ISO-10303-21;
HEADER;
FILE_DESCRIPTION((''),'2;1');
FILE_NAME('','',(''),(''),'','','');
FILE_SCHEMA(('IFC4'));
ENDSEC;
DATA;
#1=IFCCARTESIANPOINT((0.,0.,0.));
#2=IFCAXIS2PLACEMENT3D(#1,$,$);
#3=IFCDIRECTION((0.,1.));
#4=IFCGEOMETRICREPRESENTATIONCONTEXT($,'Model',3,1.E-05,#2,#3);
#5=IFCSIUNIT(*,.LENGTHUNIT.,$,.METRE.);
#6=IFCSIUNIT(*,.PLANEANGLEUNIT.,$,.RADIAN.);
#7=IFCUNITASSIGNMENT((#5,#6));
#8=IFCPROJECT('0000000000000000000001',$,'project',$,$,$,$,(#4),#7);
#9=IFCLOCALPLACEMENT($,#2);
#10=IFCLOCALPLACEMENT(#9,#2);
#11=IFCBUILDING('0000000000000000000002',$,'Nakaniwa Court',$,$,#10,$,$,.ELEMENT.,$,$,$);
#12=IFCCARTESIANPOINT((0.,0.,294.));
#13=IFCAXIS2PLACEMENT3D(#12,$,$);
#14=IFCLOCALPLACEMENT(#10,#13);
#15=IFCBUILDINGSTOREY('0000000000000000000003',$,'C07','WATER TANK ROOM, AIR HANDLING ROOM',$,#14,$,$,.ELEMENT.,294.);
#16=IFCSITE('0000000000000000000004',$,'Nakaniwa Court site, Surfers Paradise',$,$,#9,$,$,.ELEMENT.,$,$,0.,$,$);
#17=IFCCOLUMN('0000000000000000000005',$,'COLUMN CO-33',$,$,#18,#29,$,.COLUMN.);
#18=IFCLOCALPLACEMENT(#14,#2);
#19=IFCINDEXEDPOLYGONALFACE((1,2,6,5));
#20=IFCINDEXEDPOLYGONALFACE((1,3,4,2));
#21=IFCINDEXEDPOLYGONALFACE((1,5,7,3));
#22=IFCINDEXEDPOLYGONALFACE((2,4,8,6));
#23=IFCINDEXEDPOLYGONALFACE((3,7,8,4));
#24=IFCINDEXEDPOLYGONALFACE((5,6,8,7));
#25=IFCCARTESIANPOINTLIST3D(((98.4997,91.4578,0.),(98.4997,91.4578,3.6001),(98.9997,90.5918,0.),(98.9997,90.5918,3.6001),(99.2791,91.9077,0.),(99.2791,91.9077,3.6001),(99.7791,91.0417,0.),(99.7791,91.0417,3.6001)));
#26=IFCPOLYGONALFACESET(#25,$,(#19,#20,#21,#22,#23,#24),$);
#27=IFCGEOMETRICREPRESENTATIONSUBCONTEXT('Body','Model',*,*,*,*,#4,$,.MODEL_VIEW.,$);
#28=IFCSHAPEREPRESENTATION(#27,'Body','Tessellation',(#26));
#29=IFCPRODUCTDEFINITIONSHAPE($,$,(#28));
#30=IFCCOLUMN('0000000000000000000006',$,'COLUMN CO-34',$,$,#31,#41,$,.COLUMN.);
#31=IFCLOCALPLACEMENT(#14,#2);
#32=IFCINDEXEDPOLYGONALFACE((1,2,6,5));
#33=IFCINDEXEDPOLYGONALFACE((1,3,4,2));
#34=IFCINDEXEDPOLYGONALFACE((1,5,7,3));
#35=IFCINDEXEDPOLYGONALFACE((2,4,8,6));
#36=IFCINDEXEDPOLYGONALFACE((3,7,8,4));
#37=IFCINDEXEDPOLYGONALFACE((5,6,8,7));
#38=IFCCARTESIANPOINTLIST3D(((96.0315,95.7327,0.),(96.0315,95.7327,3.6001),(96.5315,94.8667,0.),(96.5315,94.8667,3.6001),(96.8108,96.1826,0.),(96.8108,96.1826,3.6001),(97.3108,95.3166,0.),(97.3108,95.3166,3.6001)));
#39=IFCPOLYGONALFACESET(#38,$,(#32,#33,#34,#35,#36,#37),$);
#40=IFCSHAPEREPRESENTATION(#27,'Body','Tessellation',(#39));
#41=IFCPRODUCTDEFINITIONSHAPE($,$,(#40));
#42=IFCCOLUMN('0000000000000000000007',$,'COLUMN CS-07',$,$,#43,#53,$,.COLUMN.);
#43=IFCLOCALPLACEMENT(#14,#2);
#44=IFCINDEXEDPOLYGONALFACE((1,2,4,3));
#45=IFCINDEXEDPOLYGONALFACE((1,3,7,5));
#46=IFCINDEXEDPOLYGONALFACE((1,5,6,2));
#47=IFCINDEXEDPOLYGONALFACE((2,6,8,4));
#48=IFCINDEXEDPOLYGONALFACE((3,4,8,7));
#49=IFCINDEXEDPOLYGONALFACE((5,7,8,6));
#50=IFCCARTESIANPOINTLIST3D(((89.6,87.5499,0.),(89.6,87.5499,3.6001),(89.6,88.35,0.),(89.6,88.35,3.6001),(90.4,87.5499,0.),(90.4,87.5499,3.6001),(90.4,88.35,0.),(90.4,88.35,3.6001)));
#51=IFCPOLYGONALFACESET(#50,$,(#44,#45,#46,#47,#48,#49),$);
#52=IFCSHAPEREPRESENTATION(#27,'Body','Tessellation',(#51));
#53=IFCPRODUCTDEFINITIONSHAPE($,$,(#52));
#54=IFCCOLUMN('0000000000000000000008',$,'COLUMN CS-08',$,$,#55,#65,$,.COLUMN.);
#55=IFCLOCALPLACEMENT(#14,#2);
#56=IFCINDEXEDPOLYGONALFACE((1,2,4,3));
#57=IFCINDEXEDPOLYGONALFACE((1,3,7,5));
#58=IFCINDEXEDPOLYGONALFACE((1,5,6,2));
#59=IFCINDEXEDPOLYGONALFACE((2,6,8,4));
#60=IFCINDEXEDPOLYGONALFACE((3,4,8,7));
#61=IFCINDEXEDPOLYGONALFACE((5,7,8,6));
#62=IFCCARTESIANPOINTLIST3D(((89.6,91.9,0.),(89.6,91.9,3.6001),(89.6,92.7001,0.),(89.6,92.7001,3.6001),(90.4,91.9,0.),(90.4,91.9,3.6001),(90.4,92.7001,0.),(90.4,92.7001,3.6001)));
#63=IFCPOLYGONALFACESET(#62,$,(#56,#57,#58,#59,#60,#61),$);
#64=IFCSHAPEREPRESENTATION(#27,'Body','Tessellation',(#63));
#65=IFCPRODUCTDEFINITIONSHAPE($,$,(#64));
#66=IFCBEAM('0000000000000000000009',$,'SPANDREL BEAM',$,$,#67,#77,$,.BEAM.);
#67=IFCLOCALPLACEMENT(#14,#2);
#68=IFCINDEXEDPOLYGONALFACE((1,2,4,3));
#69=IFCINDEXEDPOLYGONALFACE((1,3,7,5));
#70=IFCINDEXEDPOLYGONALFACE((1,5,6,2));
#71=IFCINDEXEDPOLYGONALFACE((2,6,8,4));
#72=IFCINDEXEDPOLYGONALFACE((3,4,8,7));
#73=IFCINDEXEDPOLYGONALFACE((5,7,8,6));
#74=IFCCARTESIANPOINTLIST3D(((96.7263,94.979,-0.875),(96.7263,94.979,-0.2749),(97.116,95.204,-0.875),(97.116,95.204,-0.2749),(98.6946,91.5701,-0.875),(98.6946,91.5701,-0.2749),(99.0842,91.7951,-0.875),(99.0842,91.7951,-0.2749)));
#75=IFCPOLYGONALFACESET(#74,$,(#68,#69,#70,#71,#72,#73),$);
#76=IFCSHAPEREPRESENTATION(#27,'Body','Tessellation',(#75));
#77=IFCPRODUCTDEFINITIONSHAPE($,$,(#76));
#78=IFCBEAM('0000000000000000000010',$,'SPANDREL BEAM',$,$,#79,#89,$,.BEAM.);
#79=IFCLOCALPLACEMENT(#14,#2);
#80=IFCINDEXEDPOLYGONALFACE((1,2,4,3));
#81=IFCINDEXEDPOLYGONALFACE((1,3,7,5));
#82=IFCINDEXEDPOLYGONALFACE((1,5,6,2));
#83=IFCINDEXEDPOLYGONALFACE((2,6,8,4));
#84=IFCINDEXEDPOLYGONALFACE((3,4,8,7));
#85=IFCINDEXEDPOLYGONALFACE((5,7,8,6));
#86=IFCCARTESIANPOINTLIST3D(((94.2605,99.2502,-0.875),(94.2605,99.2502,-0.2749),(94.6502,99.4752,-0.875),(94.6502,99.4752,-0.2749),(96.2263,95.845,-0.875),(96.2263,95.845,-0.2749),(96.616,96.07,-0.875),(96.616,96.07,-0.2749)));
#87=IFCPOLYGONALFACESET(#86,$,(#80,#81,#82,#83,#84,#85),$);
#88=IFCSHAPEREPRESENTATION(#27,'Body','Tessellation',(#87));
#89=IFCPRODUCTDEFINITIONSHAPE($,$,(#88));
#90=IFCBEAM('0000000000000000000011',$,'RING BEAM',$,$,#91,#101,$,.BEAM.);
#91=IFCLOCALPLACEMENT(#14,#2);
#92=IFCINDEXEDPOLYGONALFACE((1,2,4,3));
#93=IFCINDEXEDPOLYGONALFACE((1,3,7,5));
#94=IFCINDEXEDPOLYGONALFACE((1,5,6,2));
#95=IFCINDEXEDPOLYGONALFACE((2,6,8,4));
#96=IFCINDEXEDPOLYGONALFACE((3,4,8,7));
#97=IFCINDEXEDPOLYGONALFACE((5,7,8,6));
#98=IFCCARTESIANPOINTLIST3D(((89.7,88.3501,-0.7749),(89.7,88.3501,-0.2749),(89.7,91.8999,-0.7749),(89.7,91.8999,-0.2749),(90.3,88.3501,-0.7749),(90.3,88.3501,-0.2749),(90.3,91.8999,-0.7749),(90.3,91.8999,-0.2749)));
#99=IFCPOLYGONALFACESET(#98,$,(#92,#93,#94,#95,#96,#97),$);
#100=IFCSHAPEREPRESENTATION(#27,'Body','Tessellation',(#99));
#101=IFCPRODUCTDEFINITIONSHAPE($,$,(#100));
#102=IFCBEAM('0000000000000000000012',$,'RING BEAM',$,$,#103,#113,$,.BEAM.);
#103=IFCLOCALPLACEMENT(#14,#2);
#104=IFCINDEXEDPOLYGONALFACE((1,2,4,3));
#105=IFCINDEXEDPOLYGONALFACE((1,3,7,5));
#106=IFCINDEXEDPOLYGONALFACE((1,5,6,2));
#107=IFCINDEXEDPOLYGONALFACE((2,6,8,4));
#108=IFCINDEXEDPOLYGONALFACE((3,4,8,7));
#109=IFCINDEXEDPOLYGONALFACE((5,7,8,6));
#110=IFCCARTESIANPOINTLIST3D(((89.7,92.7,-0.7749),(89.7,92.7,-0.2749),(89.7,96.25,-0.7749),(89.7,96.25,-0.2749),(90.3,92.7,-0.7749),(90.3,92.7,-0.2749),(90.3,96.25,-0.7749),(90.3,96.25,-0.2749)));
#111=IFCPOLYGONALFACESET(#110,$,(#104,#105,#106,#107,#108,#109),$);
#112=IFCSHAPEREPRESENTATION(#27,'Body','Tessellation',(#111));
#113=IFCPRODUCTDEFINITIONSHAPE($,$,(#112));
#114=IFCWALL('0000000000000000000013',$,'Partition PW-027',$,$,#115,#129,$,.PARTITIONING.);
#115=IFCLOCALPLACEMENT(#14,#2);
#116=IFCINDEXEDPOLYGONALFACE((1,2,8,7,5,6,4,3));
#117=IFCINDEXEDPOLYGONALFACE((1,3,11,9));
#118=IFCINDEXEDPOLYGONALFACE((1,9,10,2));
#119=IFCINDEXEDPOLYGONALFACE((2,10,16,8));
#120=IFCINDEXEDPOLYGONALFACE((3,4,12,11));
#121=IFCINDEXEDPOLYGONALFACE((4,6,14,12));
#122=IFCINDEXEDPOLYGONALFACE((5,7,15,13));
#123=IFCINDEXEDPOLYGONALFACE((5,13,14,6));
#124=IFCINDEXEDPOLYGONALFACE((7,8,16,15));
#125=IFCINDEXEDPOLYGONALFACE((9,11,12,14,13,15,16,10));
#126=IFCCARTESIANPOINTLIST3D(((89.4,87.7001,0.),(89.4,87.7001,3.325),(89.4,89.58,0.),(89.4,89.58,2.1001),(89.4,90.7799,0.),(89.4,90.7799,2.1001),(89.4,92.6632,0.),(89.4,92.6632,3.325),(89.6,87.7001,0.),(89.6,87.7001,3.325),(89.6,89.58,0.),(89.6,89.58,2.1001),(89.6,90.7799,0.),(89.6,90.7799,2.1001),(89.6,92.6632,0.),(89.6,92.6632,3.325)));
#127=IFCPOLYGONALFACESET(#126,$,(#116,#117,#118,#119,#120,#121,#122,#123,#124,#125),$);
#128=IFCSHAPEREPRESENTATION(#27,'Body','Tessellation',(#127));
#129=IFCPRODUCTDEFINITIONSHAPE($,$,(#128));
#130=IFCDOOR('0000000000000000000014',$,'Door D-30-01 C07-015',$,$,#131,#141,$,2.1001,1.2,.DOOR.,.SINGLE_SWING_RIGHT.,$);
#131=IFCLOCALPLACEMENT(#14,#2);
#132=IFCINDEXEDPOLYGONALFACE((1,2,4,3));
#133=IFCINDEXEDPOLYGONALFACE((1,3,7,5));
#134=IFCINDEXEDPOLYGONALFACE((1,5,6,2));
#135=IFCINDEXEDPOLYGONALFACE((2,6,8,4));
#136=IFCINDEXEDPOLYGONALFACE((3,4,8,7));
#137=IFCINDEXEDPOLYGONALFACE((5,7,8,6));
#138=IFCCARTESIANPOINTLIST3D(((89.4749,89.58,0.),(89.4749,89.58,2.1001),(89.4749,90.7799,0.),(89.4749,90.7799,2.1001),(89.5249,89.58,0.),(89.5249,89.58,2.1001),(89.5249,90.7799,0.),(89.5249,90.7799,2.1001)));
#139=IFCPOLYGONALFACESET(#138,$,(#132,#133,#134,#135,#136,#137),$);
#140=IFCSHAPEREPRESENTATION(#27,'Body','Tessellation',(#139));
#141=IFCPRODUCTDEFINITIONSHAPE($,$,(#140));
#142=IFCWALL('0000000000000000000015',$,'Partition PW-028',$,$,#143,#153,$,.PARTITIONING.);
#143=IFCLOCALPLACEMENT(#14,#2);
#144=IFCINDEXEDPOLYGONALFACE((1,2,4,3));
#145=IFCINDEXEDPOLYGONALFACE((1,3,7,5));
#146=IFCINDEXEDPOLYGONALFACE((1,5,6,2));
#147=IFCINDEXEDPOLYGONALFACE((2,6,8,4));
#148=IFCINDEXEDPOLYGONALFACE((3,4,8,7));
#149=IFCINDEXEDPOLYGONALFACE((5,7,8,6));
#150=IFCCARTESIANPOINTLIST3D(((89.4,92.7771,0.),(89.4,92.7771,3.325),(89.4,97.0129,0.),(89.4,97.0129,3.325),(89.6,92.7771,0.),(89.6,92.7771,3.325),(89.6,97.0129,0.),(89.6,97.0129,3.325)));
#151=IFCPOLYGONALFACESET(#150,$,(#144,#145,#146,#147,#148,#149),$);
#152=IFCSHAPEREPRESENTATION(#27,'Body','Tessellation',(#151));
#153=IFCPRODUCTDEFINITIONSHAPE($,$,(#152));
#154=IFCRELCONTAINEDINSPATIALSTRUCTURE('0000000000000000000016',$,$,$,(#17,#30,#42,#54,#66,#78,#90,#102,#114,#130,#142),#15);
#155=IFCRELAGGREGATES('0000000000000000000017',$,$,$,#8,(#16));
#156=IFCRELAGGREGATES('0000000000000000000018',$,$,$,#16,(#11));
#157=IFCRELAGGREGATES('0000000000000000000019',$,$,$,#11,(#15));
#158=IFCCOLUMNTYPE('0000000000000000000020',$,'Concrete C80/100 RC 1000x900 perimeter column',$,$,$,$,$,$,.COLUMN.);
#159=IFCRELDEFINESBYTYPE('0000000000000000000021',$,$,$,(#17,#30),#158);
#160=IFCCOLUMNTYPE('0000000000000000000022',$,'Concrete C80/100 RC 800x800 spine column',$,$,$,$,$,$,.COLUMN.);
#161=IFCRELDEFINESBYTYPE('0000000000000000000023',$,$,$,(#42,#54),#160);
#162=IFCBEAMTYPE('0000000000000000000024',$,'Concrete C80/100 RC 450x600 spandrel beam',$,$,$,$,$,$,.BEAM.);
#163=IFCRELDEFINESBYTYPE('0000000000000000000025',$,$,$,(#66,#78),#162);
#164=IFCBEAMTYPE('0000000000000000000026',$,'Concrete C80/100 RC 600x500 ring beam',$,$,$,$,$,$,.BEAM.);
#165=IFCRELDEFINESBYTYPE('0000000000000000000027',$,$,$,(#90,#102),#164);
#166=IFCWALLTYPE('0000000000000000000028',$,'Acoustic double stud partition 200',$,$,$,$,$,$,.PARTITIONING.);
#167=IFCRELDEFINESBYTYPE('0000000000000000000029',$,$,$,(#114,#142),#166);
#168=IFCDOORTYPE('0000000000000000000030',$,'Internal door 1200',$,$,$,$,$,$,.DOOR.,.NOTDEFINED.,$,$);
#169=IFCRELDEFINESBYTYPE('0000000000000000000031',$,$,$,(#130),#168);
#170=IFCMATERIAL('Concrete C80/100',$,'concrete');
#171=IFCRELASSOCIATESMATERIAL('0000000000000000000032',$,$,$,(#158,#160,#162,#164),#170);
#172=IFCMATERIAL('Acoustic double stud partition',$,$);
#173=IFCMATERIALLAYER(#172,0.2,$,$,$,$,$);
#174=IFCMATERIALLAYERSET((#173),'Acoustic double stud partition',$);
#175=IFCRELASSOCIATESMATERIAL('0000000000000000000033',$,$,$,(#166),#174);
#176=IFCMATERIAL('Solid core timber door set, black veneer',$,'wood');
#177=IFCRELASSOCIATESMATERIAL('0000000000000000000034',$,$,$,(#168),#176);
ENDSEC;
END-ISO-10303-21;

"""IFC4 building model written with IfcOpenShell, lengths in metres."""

from ifc_helpers import new_model, si_unit, direction, frame, frame_2d, origin, origin_2d, place, context, subcontext, project, spatial, rectangle, extrude, material, layer, layer_set, material_profile, profile_set, type_object, element, fill, save


model = new_model("IFC4")

# Units and contexts
model_context = context("Model", 3, precision=1e-05, world=origin(), true_north=direction((0.0, 1.0)))
body_context = subcontext(model_context, "Body", "Model", "MODEL_VIEW")
ifc_project = project(units=[si_unit("LENGTHUNIT", "METRE"), si_unit("PLANEANGLEUNIT", "RADIAN")], contexts=[model_context])

# Site, building, storey
site_placement = place(None, origin())
site = spatial("IfcSite", under=ifc_project, at=site_placement, Name="Nakaniwa Court site, Surfers Paradise", CompositionType="ELEMENT", RefElevation=0.0)
building_placement = place(site_placement, origin())
building = spatial("IfcBuilding", under=site, at=building_placement, Name="Nakaniwa Court", CompositionType="ELEMENT")
storey_placement = place(building_placement, frame((0.0, 0.0, 294.0)))
storey = spatial("IfcBuildingStorey", under=building, at=storey_placement, Name="C07", Description="WATER TANK ROOM, AIR HANDLING ROOM", CompositionType="ELEMENT", Elevation=294.0)

# Columns
ifc_material_1 = material(Name="Concrete C80/100", Category="concrete")
ifc_material_profile_1 = material_profile(ifc_material_1, rectangle(XDim=1.0, YDim=0.8999, at=origin_2d()), Name="Concrete C80/100 RC 1000x900 perimeter column")
ifc_profile_set_1 = profile_set([ifc_material_profile_1], Name="Concrete C80/100")
column_type_1 = type_object("IfcColumnType", Name="Concrete C80/100 RC 1000x900 perimeter column", PredefinedType="COLUMN", material=ifc_profile_set_1)
for number, where, z_axis, x_axis, name in (
    (1, (99.1394, 91.2498, 0.0), (0.0, 0.0, 1.0), (-0.5, 0.866025, 0.0), "COLUMN CO-33"),
    (2, (96.6711, 95.5247, 0.0), (0.0, 0.0, 1.0), (-0.5, 0.866025, 0.0), "COLUMN CO-34"),
):
    element("IfcColumn", number, at=place(storey_placement, frame(where, z_axis=z_axis, x_axis=x_axis)), inside=storey, type_object=column_type_1, Name=name, PredefinedType="COLUMN", context=body_context, shape_type="SweptSolid", body=[
        extrude(rectangle(XDim=1.0, YDim=0.8999, at=origin_2d()), origin(), (0.0, 0.0, 1.0), 3.6001),
    ])
ifc_material_profile_2 = material_profile(ifc_material_1, rectangle(XDim=0.8, YDim=0.8, at=origin_2d()), Name="Concrete C80/100 RC 800x800 spine column")
ifc_profile_set_2 = profile_set([ifc_material_profile_2], Name="Concrete C80/100")
column_type_2 = type_object("IfcColumnType", Name="Concrete C80/100 RC 800x800 spine column", PredefinedType="COLUMN", material=ifc_profile_set_2)
for number, where, z_axis, x_axis, name in (
    (3, (90.0, 87.95, 0.0), (0.0, 0.0, 1.0), (0.0, 1.0, 0.0), "COLUMN CS-07"),
    (4, (90.0, 92.3, 0.0), (0.0, 0.0, 1.0), (0.0, 1.0, 0.0), "COLUMN CS-08"),
):
    element("IfcColumn", number, at=place(storey_placement, frame(where, z_axis=z_axis, x_axis=x_axis)), inside=storey, type_object=column_type_2, Name=name, PredefinedType="COLUMN", context=body_context, shape_type="SweptSolid", body=[
        extrude(rectangle(XDim=0.8, YDim=0.8, at=origin_2d()), origin(), (0.0, 0.0, 1.0), 3.6001),
    ])

# Beams
ifc_material_profile_3 = material_profile(ifc_material_1, rectangle(XDim=0.45, YDim=0.6001, at=origin_2d()), Name="Concrete C80/100 RC 450x600 spandrel beam")
ifc_profile_set_3 = profile_set([ifc_material_profile_3], Name="Concrete C80/100")
beam_type_1 = type_object("IfcBeamType", Name="Concrete C80/100 RC 450x600 spandrel beam", PredefinedType="BEAM", material=ifc_profile_set_3)
beam_1_placement = place(storey_placement, frame((98.8894, 91.6826, -0.575), z_axis=(-0.500021, 0.866013, 0.0), x_axis=(-0.866013, -0.500021, 0.0)))
element("IfcBeam", 5, at=beam_1_placement, inside=storey, type_object=beam_type_1, Name="SPANDREL BEAM", PredefinedType="BEAM", context=body_context, shape_type="SweptSolid", body=[
    extrude(rectangle(XDim=0.45, YDim=0.6001, at=origin_2d()), origin(), (0.0, 0.0, 1.0), 3.9363),
])
beam_2_placement = place(storey_placement, frame((96.4211, 95.9575, -0.575), z_axis=(-0.499959, 0.866049, 0.0), x_axis=(-0.866049, -0.499959, 0.0)))
element("IfcBeam", 6, at=beam_2_placement, inside=storey, type_object=beam_type_1, Name="SPANDREL BEAM", PredefinedType="BEAM", context=body_context, shape_type="SweptSolid", body=[
    extrude(rectangle(XDim=0.45, YDim=0.6001, at=origin_2d()), origin(), (0.0, 0.0, 1.0), 3.9319),
])
ifc_material_profile_4 = material_profile(ifc_material_1, rectangle(XDim=0.6001, YDim=0.5, at=origin_2d()), Name="Concrete C80/100 RC 600x500 ring beam")
ifc_profile_set_4 = profile_set([ifc_material_profile_4], Name="Concrete C80/100")
beam_type_2 = type_object("IfcBeamType", Name="Concrete C80/100 RC 600x500 ring beam", PredefinedType="BEAM", material=ifc_profile_set_4)
beam_3_placement = place(storey_placement, frame((90.0, 88.3501, -0.5249), z_axis=(0.0, 1.0, 0.0), x_axis=(-1.0, 0.0, 0.0)))
element("IfcBeam", 7, at=beam_3_placement, inside=storey, type_object=beam_type_2, Name="RING BEAM", PredefinedType="BEAM", context=body_context, shape_type="SweptSolid", body=[
    extrude(rectangle(XDim=0.6001, YDim=0.5, at=origin_2d()), origin(), (0.0, 0.0, 1.0), 3.5498),
])
beam_4_placement = place(storey_placement, frame((90.0, 92.7, -0.5249), z_axis=(0.0, 1.0, 0.0), x_axis=(-1.0, 0.0, 0.0)))
element("IfcBeam", 8, at=beam_4_placement, inside=storey, type_object=beam_type_2, Name="RING BEAM", PredefinedType="BEAM", context=body_context, shape_type="SweptSolid", body=[
    extrude(rectangle(XDim=0.6001, YDim=0.5, at=origin_2d()), origin(), (0.0, 0.0, 1.0), 3.55),
])

# Wall, opening, door
ifc_material_2 = material(Name="Acoustic double stud partition")
ifc_layer_1 = layer(ifc_material_2, 0.2)
ifc_layer_set_1 = layer_set([ifc_layer_1], Name="Acoustic double stud partition")
wall_type_1 = type_object("IfcWallType", Name="Acoustic double stud partition 200", PredefinedType="PARTITIONING", material=ifc_layer_set_1)
wall_1_placement = place(storey_placement, frame((89.5, 92.6631, 0.0), z_axis=(0.0, 0.0, 1.0), x_axis=(0.0, -1.0, 0.0)))
wall_1 = element("IfcWall", 9, at=wall_1_placement, inside=storey, type_object=wall_type_1, Name="Partition PW-027", PredefinedType="PARTITIONING", context=body_context, shape_type="SweptSolid", body=[
    extrude(rectangle(XDim=4.9631, YDim=0.2, at=frame_2d((2.4814, 0.0))), origin(), (0.0, 0.0, 1.0), 3.325),
])
opening_1_placement = place(wall_1_placement, frame((1.8831, 0.0, 0.0)))
opening_1 = element("IfcOpeningElement", 10, at=opening_1_placement, cuts=wall_1, PredefinedType="OPENING", context=body_context, shape_type="SweptSolid", body=[
    extrude(rectangle(XDim=1.2, YDim=2.1001, at=frame_2d((0.6001, 1.05))), frame((0.0, 0.1099, 0.0), z_axis=(0.0, -1.0, 0.0), x_axis=(1.0, 0.0, 0.0)), (0.0, 0.0, 1.0), 0.22),
])
ifc_material_3 = material(Name="Solid core timber door set, black veneer", Category="wood")
door_type_1 = type_object("IfcDoorType", Name="Internal door 1200", OperationType="NOTDEFINED", PredefinedType="DOOR", material=ifc_material_3)
door_1_placement = place(opening_1_placement, origin())
door_1 = element("IfcDoor", 11, at=door_1_placement, inside=storey, type_object=door_type_1, Name="Door D-30-01 C07-015", OperationType="SINGLE_SWING_RIGHT", OverallHeight=2.1001, OverallWidth=1.2, PredefinedType="DOOR", context=body_context, shape_type="SweptSolid", body=[
    extrude(rectangle(XDim=1.2, YDim=2.1001, at=frame_2d((0.6001, 1.05))), frame((0.0, 0.0249, 0.0), z_axis=(0.0, -1.0, 0.0), x_axis=(1.0, 0.0, 0.0)), (0.0, 0.0, 1.0), 0.05),
])
fill(opening_1, door_1)

# Wall
wall_2_placement = place(storey_placement, frame((89.5, 92.7771, 0.0), z_axis=(0.0, 0.0, 1.0), x_axis=(0.0, 1.0, 0.0)))
element("IfcWall", 12, at=wall_2_placement, inside=storey, type_object=wall_type_1, Name="Partition PW-028", PredefinedType="PARTITIONING", context=body_context, shape_type="SweptSolid", body=[
    extrude(rectangle(XDim=4.2358, YDim=0.2, at=frame_2d((2.1179, 0.0))), origin(), (0.0, 0.0, 1.0), 3.325),
])

save(model, "model.ifc")
